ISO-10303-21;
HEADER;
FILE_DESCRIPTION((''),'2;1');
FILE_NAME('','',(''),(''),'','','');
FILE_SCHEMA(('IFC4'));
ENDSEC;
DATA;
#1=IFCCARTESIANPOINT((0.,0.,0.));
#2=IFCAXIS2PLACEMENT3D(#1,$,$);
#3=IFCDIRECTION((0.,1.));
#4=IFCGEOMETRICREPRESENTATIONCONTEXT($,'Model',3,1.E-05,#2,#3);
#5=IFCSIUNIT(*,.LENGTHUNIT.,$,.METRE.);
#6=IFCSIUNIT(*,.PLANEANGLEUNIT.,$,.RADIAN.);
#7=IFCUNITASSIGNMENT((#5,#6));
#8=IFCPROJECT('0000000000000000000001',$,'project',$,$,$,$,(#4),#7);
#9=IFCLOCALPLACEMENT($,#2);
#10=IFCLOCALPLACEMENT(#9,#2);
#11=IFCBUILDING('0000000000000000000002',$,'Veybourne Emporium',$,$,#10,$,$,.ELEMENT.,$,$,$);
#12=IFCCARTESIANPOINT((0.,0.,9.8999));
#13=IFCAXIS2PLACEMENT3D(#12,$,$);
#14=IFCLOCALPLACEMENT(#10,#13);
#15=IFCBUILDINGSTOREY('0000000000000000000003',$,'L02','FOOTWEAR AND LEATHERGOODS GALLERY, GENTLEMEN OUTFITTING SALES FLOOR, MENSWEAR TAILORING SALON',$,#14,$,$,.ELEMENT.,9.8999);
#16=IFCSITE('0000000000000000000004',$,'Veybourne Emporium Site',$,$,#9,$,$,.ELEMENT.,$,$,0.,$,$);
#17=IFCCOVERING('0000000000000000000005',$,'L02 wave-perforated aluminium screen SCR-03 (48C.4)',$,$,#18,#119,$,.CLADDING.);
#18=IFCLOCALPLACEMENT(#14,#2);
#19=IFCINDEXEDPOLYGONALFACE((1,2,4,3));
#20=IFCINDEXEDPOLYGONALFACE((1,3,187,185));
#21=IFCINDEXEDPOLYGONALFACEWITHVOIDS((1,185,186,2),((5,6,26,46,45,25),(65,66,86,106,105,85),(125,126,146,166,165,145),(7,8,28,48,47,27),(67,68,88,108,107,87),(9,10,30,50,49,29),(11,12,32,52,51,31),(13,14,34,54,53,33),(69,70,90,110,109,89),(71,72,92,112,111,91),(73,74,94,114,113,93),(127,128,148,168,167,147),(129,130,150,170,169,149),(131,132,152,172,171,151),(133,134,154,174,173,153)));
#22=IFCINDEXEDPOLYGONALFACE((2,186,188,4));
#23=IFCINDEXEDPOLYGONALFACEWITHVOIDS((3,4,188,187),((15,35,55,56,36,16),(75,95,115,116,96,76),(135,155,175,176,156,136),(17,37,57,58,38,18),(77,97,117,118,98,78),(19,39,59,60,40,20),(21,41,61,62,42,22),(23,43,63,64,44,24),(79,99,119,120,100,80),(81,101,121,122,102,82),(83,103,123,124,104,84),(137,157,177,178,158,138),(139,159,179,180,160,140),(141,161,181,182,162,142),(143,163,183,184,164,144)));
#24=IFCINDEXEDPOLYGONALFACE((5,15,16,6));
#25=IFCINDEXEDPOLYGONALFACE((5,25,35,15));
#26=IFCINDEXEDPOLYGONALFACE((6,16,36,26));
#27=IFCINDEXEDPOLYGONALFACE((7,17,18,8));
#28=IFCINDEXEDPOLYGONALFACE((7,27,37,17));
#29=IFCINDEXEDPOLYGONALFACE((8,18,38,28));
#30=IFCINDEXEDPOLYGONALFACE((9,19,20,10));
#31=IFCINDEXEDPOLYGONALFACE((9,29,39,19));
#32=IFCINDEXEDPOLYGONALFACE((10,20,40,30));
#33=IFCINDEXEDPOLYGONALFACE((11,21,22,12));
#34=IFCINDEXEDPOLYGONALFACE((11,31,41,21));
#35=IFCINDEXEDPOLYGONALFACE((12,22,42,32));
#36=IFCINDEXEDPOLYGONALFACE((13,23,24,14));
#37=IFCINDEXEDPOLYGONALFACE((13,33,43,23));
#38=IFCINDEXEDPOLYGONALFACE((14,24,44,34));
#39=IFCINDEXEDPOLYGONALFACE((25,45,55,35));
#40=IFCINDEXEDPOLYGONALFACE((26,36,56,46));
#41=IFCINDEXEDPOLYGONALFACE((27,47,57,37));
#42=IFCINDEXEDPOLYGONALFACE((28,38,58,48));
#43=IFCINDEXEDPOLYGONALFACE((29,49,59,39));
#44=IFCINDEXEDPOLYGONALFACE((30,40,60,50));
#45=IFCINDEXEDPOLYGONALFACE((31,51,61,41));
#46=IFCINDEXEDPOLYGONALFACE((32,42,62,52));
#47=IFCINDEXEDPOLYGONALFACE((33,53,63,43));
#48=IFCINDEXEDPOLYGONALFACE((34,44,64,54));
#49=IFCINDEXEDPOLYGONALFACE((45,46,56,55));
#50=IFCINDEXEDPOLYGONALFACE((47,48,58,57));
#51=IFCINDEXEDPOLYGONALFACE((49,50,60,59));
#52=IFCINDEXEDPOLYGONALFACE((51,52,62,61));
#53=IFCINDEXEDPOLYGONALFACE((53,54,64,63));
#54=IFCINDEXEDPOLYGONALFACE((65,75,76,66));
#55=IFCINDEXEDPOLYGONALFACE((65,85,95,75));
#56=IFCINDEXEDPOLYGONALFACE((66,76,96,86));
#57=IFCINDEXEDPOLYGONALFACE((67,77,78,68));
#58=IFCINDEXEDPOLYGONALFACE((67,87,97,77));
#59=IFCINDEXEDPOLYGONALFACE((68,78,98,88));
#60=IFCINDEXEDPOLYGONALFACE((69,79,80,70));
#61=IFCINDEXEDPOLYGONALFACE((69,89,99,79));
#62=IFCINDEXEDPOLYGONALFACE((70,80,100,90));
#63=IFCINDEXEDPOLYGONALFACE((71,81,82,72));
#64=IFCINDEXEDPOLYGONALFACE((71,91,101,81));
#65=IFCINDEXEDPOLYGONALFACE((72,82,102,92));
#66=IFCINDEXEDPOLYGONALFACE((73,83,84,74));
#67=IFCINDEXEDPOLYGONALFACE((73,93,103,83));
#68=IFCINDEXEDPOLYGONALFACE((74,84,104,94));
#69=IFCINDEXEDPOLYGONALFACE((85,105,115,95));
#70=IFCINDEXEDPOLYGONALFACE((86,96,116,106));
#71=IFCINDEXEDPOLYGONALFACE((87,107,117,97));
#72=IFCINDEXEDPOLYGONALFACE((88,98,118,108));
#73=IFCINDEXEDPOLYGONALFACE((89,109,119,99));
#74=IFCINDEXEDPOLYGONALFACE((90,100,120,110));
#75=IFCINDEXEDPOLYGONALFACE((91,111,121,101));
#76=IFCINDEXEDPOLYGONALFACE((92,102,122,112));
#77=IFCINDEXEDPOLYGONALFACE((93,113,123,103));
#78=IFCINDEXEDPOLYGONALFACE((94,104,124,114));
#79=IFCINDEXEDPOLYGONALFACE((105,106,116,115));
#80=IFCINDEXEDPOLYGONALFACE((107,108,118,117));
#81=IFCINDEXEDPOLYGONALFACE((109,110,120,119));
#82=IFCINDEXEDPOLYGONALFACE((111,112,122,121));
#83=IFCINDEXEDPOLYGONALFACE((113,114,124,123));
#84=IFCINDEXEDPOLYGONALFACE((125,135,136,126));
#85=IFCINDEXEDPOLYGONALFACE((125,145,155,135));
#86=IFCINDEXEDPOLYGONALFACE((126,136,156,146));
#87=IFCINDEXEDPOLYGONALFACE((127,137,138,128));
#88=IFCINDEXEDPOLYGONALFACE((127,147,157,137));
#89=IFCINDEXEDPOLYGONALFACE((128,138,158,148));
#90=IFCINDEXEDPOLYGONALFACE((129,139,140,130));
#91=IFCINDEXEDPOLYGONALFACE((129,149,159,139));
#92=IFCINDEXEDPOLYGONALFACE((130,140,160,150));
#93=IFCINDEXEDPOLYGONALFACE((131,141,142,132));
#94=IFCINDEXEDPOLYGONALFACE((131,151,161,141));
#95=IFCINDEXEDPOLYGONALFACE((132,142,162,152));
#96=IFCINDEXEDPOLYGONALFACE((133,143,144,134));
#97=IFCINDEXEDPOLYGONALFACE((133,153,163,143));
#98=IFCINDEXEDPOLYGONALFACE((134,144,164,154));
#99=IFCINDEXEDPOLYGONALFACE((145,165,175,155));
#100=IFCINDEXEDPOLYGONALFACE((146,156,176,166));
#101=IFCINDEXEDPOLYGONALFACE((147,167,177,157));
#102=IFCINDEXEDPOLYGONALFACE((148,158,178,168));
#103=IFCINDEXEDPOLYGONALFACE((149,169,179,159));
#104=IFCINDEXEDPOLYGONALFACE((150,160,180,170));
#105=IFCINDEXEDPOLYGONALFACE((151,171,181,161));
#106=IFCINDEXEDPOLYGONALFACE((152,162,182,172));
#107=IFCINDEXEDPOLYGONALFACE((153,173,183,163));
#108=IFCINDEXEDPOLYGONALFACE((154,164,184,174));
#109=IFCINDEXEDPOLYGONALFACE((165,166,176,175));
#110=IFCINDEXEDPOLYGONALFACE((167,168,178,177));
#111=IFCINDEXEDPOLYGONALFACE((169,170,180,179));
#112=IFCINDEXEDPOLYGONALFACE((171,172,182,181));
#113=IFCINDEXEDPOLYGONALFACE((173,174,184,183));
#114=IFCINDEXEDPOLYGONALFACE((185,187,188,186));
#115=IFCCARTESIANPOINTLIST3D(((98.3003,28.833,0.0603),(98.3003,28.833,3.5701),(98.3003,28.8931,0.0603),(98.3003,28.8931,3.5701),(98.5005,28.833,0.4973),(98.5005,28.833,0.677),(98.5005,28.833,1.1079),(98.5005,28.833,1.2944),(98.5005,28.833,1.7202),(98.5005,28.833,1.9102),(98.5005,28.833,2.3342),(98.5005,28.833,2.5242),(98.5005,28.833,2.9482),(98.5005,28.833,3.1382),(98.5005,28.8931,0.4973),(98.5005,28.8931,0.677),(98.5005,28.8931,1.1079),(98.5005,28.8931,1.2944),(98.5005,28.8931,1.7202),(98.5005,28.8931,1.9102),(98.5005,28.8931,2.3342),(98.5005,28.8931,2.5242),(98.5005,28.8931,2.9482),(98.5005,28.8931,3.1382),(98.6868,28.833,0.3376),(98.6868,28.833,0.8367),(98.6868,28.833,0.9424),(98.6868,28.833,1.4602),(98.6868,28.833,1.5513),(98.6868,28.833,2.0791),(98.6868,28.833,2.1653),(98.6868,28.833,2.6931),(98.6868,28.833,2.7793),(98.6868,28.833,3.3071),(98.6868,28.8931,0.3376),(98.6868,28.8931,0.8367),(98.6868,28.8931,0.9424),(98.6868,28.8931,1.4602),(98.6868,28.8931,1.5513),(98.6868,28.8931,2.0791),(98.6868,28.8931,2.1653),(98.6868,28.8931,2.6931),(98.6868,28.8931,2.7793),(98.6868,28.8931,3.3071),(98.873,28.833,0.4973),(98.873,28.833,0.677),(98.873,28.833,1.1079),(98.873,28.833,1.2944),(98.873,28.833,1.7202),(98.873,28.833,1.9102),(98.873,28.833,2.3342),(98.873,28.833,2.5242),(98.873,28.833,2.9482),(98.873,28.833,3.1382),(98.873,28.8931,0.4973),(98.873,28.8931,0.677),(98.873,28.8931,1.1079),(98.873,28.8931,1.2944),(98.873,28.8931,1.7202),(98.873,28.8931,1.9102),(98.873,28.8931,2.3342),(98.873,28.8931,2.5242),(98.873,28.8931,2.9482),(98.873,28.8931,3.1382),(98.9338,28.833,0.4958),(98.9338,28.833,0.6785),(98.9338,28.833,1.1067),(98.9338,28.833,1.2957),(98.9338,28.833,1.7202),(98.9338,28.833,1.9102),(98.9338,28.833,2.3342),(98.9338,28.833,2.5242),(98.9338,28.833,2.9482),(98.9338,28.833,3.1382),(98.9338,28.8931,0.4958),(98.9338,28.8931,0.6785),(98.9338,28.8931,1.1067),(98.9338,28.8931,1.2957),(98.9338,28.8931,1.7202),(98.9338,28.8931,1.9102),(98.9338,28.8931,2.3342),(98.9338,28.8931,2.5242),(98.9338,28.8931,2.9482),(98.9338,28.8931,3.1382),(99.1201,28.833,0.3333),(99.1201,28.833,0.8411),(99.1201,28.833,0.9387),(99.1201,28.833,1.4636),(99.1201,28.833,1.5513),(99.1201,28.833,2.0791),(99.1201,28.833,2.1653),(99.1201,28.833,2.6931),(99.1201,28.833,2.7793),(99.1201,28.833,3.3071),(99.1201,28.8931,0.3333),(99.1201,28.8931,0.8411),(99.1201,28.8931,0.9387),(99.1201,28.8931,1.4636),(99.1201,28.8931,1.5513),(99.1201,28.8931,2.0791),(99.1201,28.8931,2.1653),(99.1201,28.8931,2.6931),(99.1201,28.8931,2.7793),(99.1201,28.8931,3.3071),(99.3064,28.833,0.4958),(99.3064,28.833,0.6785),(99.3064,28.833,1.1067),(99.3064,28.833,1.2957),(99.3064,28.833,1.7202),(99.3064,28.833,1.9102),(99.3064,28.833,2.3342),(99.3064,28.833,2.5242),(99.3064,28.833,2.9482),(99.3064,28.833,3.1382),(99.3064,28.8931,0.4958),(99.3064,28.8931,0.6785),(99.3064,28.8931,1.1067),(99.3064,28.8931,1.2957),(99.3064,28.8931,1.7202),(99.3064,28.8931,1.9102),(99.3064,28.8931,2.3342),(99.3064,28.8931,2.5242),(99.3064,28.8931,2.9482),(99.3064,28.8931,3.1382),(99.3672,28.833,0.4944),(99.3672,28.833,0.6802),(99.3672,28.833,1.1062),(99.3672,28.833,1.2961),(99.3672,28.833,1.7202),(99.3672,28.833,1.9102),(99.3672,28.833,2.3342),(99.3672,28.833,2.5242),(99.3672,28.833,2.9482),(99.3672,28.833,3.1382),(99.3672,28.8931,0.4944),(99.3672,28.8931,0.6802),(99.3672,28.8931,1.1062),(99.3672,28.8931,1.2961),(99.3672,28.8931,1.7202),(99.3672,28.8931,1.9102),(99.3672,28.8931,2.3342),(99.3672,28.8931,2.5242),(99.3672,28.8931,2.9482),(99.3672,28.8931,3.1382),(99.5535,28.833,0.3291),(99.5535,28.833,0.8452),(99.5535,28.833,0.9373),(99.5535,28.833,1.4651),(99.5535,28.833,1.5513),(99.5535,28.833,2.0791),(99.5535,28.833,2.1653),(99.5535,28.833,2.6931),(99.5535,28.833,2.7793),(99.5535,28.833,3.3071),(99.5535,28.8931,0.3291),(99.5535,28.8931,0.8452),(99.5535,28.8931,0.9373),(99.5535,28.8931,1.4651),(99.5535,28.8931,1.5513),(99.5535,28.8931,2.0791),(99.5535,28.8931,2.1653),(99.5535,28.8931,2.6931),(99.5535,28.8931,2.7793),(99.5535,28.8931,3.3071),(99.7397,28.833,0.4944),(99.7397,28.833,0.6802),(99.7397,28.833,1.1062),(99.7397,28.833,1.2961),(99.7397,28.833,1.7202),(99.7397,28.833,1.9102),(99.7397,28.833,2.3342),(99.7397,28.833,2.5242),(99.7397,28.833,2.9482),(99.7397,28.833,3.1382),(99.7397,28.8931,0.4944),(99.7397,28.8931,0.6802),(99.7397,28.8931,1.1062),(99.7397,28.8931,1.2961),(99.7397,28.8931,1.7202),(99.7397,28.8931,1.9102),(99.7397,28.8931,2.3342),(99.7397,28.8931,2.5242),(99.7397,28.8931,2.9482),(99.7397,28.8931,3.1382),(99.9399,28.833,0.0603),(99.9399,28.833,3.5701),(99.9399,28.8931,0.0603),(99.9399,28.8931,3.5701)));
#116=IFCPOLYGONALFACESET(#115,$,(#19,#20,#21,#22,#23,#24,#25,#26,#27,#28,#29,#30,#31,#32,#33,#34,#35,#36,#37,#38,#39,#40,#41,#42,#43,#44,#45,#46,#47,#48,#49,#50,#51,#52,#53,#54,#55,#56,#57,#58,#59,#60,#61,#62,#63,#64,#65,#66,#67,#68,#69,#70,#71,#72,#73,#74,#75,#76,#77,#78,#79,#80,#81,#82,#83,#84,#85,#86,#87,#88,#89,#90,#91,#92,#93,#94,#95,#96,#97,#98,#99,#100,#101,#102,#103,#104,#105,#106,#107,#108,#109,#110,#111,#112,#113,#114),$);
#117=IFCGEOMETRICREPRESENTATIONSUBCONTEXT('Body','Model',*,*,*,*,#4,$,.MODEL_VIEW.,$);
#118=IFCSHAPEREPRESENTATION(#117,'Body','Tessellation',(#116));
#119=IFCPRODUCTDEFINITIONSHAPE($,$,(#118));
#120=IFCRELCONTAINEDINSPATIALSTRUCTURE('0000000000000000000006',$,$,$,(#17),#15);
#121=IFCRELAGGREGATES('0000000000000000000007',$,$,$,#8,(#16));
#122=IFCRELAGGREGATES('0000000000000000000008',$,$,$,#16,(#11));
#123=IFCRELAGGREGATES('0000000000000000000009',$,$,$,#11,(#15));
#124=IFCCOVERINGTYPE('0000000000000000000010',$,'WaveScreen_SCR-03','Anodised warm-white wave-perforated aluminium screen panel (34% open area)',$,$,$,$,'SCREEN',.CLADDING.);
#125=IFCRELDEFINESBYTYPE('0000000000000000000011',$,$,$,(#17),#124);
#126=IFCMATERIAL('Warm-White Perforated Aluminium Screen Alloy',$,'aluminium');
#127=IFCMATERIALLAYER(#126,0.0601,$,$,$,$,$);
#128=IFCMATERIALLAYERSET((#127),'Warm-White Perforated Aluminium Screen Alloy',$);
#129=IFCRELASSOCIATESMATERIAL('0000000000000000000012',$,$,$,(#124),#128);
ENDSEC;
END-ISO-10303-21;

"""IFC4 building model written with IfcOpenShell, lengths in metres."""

from ifc_helpers import new_model, si_unit, direction, frame, origin, place, context, subcontext, project, spatial, polyline, outline, extrude, material, layer, layer_set, type_object, element, save


model = new_model("IFC4")

# Units and contexts
model_context = context("Model", 3, precision=1e-05, world=origin(), true_north=direction((0.0, 1.0)))
body_context = subcontext(model_context, "Body", "Model", "MODEL_VIEW")
ifc_project = project(units=[si_unit("LENGTHUNIT", "METRE"), si_unit("PLANEANGLEUNIT", "RADIAN")], contexts=[model_context])

# Site, building, storey
site_placement = place(None, origin())
site = spatial("IfcSite", under=ifc_project, at=site_placement, Name="Veybourne Emporium Site", CompositionType="ELEMENT", RefElevation=0.0)
building_placement = place(site_placement, origin())
building = spatial("IfcBuilding", under=site, at=building_placement, Name="Veybourne Emporium", CompositionType="ELEMENT")
storey_placement = place(building_placement, frame((0.0, 0.0, 9.8999)))
storey = spatial("IfcBuildingStorey", under=building, at=storey_placement, Name="L02", Description="FOOTWEAR AND LEATHERGOODS GALLERY, GENTLEMEN OUTFITTING SALES FLOOR, MENSWEAR TAILORING SALON", CompositionType="ELEMENT", Elevation=9.8999)

# Covering
ifc_material_1 = material(Name="Warm-White Perforated Aluminium Screen Alloy", Category="aluminium")
ifc_layer_1 = layer(ifc_material_1, 0.0601)
ifc_layer_set_1 = layer_set([ifc_layer_1], Name="Warm-White Perforated Aluminium Screen Alloy")
covering_type_1 = type_object("IfcCoveringType", Name="WaveScreen_SCR-03", Description="Anodised warm-white wave-perforated aluminium screen panel (34% open area)", ElementType="SCREEN", PredefinedType="CLADDING", material=ifc_layer_set_1)
covering_1_placement = place(storey_placement, frame((99.1201, 28.8931, 1.8152), z_axis=(0.0, -1.0, 0.0), x_axis=(1.0, 0.0, 0.0)))
element("IfcCovering", 1, at=covering_1_placement, inside=storey, type_object=covering_type_1, Name="L02 wave-perforated aluminium screen SCR-03 (48C.4)", PredefinedType="CLADDING", context=body_context, shape_type="SweptSolid", body=[
    extrude(outline(polyline([(-0.8198, -1.7549), (0.8198, -1.7549), (0.8198, 1.7549), (-0.8198, 1.7549), (-0.8198, -1.7549)]), holes=[polyline([(-0.4333, -0.9785), (-0.2471, -1.1382), (-0.2471, -1.3179), (-0.4333, -1.4775), (-0.6196, -1.3179), (-0.6196, -1.1382), (-0.4333, -0.9785)]), polyline([(-0.4333, -0.355), (-0.2471, -0.5208), (-0.2471, -0.7073), (-0.4333, -0.8728), (-0.6196, -0.7073), (-0.6196, -0.5208), (-0.4333, -0.355)]), polyline([(-0.4333, 0.2639), (-0.2471, 0.095), (-0.2471, -0.095), (-0.4333, -0.2639), (-0.6196, -0.095), (-0.6196, 0.095), (-0.4333, 0.2639)]), polyline([(-0.4333, 0.8779), (-0.2471, 0.709), (-0.2471, 0.519), (-0.4333, 0.3501), (-0.6196, 0.519), (-0.6196, 0.709), (-0.4333, 0.8779)]), polyline([(-0.4333, 1.4919), (-0.2471, 1.323), (-0.2471, 1.1331), (-0.4333, 0.9641), (-0.6196, 1.1331), (-0.6196, 1.323), (-0.4333, 1.4919)]), polyline([(0.0, -0.9741), (0.1863, -1.1367), (0.1863, -1.3193), (0.0, -1.4819), (-0.1863, -1.3193), (-0.1863, -1.1367), (0.0, -0.9741)]), polyline([(0.0, -0.3516), (0.1863, -0.5195), (0.1863, -0.7085), (0.0, -0.8765), (-0.1863, -0.7085), (-0.1863, -0.5195), (0.0, -0.3516)]), polyline([(0.0, 0.2639), (0.1863, 0.095), (0.1863, -0.095), (0.0, -0.2639), (-0.1863, -0.095), (-0.1863, 0.095), (0.0, 0.2639)]), polyline([(0.0, 0.8779), (0.1863, 0.709), (0.1863, 0.519), (0.0, 0.3501), (-0.1863, 0.519), (-0.1863, 0.709), (0.0, 0.8779)]), polyline([(0.0, 1.4919), (0.1863, 1.323), (0.1863, 1.1331), (0.0, 0.9641), (-0.1863, 1.1331), (-0.1863, 1.323), (0.0, 1.4919)]), polyline([(0.4333, -0.97), (0.6196, -1.135), (0.6196, -1.3208), (0.4333, -1.4861), (0.2471, -1.3208), (0.2471, -1.135), (0.4333, -0.97)]), polyline([(0.4333, -0.3501), (0.6196, -0.519), (0.6196, -0.709), (0.4333, -0.8779), (0.2471, -0.709), (0.2471, -0.519), (0.4333, -0.3501)]), polyline([(0.4333, 0.2639), (0.6196, 0.095), (0.6196, -0.095), (0.4333, -0.2639), (0.2471, -0.095), (0.2471, 0.095), (0.4333, 0.2639)]), polyline([(0.4333, 0.8779), (0.6196, 0.709), (0.6196, 0.519), (0.4333, 0.3501), (0.2471, 0.519), (0.2471, 0.709), (0.4333, 0.8779)]), polyline([(0.4333, 1.4919), (0.6196, 1.323), (0.6196, 1.1331), (0.4333, 0.9641), (0.2471, 1.1331), (0.2471, 1.323), (0.4333, 1.4919)])]), origin(), (0.0, 0.0, 1.0), 0.0601),
])

save(model, "model.ifc")
